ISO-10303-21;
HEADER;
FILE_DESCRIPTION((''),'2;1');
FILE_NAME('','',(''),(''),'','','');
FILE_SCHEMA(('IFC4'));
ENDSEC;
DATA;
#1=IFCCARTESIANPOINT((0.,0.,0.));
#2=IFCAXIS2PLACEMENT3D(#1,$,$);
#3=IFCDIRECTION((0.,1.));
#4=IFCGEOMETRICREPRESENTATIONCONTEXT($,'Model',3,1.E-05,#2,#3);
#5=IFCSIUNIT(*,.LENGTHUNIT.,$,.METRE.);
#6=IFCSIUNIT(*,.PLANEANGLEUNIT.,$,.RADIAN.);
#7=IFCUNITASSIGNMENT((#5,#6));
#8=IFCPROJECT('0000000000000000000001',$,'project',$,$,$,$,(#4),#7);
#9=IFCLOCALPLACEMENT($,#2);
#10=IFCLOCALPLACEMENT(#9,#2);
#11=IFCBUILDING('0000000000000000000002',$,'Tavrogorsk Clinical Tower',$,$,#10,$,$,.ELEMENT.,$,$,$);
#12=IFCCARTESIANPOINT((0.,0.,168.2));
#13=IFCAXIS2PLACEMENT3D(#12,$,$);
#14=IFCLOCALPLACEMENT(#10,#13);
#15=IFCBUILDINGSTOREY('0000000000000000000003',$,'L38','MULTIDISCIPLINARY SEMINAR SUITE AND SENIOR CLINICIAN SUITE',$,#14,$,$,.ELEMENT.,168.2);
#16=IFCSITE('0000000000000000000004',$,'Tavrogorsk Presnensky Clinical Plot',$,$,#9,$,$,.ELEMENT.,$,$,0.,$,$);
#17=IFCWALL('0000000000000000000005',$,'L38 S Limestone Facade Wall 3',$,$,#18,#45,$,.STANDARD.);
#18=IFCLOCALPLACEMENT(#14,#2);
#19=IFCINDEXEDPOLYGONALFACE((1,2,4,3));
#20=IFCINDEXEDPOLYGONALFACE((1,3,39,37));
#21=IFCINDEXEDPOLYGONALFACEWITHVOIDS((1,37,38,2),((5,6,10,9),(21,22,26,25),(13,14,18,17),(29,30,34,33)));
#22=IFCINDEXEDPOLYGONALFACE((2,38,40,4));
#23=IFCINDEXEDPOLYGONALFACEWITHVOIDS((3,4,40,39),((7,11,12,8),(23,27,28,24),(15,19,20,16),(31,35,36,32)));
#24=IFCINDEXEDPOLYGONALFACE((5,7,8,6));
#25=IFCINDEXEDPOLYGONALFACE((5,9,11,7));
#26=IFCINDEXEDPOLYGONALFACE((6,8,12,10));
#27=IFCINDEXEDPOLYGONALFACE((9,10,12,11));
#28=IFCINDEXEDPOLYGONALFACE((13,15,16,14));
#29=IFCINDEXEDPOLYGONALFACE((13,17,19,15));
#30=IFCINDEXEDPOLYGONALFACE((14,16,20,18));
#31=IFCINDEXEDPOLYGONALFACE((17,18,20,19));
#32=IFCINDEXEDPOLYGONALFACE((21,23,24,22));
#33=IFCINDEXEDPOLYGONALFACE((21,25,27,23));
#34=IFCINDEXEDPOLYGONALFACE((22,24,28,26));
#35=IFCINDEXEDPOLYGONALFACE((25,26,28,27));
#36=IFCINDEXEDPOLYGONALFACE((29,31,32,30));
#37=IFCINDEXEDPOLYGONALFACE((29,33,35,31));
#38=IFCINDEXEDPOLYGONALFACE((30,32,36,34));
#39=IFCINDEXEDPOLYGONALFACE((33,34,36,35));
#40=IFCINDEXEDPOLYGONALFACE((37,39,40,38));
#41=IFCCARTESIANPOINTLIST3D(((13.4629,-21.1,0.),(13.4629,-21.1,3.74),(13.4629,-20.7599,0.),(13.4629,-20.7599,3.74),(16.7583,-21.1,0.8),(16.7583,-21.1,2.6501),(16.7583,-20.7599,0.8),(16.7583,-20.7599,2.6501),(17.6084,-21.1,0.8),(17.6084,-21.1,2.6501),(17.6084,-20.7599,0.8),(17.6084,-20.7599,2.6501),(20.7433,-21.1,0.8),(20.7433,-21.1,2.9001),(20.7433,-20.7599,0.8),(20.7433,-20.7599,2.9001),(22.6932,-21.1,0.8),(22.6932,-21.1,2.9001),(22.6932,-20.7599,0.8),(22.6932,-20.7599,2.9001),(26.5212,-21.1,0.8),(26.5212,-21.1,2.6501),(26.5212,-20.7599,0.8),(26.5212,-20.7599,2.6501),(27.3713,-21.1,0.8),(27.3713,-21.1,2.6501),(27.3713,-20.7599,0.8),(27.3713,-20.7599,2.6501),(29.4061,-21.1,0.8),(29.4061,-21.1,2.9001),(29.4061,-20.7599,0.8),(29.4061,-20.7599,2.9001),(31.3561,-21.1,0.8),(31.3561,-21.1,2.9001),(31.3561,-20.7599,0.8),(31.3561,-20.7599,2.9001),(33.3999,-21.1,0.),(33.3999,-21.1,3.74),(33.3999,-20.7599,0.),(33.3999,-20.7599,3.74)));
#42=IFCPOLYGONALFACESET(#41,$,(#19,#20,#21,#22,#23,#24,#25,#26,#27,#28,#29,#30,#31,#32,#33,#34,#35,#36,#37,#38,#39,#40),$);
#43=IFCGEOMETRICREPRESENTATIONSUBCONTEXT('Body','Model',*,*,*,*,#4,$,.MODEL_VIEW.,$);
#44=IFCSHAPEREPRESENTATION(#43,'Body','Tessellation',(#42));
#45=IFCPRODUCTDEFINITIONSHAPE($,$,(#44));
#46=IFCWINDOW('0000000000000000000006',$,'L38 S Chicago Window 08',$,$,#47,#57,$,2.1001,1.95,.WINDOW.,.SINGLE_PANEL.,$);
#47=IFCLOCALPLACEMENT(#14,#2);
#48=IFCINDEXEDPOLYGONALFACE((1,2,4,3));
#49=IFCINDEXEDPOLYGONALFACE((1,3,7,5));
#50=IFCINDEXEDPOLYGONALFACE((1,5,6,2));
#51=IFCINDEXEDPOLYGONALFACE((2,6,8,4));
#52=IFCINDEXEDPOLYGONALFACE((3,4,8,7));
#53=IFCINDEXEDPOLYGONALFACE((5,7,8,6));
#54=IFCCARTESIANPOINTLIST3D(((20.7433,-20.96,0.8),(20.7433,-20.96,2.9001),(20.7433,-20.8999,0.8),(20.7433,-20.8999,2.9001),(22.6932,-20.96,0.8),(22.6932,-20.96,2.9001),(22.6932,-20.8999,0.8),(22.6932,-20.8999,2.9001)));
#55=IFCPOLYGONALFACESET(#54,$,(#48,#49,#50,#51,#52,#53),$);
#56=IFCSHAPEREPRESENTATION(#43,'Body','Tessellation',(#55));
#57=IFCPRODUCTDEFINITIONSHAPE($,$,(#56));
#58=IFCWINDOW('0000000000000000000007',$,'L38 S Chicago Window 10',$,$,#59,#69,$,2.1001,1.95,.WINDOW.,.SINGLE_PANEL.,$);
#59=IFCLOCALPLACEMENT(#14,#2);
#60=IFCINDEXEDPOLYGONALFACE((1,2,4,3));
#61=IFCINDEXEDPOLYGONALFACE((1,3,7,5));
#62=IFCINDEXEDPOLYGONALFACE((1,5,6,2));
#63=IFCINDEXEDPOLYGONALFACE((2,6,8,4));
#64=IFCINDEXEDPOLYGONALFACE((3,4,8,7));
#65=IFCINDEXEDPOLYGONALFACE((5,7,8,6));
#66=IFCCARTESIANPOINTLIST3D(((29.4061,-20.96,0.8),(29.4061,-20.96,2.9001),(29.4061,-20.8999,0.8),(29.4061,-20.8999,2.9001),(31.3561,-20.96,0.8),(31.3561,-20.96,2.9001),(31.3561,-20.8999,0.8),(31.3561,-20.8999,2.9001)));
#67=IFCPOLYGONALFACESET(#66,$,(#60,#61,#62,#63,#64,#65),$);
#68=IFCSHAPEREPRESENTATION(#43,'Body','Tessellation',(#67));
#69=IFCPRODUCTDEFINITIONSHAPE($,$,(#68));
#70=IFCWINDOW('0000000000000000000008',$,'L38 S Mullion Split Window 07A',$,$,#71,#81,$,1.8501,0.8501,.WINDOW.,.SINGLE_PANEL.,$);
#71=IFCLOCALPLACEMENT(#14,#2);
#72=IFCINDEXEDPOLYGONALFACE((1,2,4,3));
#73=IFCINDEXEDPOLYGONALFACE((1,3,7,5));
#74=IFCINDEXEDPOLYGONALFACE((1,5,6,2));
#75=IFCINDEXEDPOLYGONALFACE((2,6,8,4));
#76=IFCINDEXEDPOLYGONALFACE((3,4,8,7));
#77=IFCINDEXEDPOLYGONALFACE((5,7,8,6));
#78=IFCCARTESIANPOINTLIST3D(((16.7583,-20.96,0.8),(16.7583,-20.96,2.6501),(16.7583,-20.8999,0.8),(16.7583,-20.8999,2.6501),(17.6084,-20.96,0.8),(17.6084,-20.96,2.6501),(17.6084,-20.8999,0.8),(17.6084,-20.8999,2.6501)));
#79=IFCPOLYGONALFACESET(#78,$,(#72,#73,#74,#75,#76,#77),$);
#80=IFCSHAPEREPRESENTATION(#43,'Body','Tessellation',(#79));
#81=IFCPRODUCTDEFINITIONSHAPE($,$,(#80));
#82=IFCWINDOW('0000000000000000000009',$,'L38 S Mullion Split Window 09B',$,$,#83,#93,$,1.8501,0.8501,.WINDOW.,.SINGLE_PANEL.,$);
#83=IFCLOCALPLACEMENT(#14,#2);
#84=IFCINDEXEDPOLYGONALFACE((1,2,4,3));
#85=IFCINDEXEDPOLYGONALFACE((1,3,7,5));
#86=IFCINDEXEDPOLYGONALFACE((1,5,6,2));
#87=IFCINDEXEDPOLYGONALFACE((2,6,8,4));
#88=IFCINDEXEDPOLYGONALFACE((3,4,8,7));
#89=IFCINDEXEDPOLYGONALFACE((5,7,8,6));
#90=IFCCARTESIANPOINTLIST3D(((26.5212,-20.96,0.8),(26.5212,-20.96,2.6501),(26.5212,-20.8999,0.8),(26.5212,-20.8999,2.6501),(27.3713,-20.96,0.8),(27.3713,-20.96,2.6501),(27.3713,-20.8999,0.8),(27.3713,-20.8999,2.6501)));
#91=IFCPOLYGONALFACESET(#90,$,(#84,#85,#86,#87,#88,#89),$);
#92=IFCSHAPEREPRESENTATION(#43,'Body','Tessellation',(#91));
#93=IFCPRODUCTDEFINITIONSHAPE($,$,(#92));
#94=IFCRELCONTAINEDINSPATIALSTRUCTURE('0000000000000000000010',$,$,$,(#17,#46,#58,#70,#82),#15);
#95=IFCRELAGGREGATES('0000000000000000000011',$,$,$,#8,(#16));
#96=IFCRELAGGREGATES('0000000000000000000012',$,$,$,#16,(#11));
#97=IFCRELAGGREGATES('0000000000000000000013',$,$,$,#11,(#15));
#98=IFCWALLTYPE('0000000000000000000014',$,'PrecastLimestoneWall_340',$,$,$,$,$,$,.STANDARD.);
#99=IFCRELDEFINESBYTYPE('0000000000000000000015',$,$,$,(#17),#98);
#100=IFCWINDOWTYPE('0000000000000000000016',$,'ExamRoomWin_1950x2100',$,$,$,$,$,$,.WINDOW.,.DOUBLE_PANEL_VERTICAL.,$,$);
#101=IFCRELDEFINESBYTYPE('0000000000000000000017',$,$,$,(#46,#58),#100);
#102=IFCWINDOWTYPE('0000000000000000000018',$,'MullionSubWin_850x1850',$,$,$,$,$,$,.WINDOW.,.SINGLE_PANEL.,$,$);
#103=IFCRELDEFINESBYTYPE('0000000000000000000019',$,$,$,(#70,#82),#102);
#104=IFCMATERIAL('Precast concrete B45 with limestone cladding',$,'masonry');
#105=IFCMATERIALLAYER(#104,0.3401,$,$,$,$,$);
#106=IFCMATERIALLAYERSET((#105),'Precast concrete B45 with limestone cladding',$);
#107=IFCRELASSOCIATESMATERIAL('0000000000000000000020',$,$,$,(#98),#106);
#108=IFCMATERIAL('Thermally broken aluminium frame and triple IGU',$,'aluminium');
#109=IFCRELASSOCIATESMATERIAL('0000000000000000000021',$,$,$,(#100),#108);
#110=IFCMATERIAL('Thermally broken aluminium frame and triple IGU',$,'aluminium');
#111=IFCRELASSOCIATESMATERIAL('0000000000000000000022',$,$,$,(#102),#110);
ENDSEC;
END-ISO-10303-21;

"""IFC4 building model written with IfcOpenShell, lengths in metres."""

from ifc_helpers import new_model, si_unit, direction, frame, frame_2d, origin, place, context, subcontext, project, spatial, rectangle, extrude, material, layer, layer_set, type_object, element, fill, save


model = new_model("IFC4")

# Units and contexts
model_context = context("Model", 3, precision=1e-05, world=origin(), true_north=direction((0.0, 1.0)))
body_context = subcontext(model_context, "Body", "Model", "MODEL_VIEW")
ifc_project = project(units=[si_unit("LENGTHUNIT", "METRE"), si_unit("PLANEANGLEUNIT", "RADIAN")], contexts=[model_context])

# Site, building, storey
site_placement = place(None, origin())
site = spatial("IfcSite", under=ifc_project, at=site_placement, Name="Tavrogorsk Presnensky Clinical Plot", CompositionType="ELEMENT", RefElevation=0.0)
building_placement = place(site_placement, origin())
building = spatial("IfcBuilding", under=site, at=building_placement, Name="Tavrogorsk Clinical Tower", CompositionType="ELEMENT")
storey_placement = place(building_placement, frame((0.0, 0.0, 168.2)))
storey = spatial("IfcBuildingStorey", under=building, at=storey_placement, Name="L38", Description="MULTIDISCIPLINARY SEMINAR SUITE AND SENIOR CLINICIAN SUITE", CompositionType="ELEMENT", Elevation=168.2)

# Wall, openings, windows
ifc_material_1 = material(Name="Precast concrete B45 with limestone cladding", Category="masonry")
ifc_layer_1 = layer(ifc_material_1, 0.3401)
ifc_layer_set_1 = layer_set([ifc_layer_1], Name="Precast concrete B45 with limestone cladding")
wall_type_1 = type_object("IfcWallType", Name="PrecastLimestoneWall_340", PredefinedType="STANDARD", material=ifc_layer_set_1)
wall_1_placement = place(storey_placement, frame((13.4629, -20.9299, 0.0), z_axis=(0.0, 0.0, 1.0), x_axis=(1.0, 0.0, 0.0)))
wall_1 = element("IfcWall", 1, at=wall_1_placement, inside=storey, type_object=wall_type_1, Name="L38 S Limestone Facade Wall 3", PredefinedType="STANDARD", context=body_context, shape_type="SweptSolid", body=[
    extrude(rectangle(XDim=19.937, YDim=0.3401, at=frame_2d((9.9685, 0.0))), origin(), (0.0, 0.0, 1.0), 3.74),
])
opening_1_placement = place(wall_1_placement, frame((3.2954, 0.0, 0.8)))
opening_1 = element("IfcOpeningElement", 2, at=opening_1_placement, cuts=wall_1, PredefinedType="OPENING", context=body_context, shape_type="SweptSolid", body=[
    extrude(rectangle(XDim=0.8501, YDim=1.8501, at=frame_2d((0.425, 0.925))), frame((0.0, 0.1799, 0.0), z_axis=(0.0, -1.0, 0.0), x_axis=(1.0, 0.0, 0.0)), (0.0, 0.0, 1.0), 0.3601),
])
opening_2_placement = place(wall_1_placement, frame((7.2803, 0.0, 0.8)))
opening_2 = element("IfcOpeningElement", 3, at=opening_2_placement, cuts=wall_1, PredefinedType="OPENING", context=body_context, shape_type="SweptSolid", body=[
    extrude(rectangle(XDim=1.95, YDim=2.1001, at=frame_2d((0.9751, 1.05))), frame((0.0, 0.1799, 0.0), z_axis=(0.0, -1.0, 0.0), x_axis=(1.0, 0.0, 0.0)), (0.0, 0.0, 1.0), 0.3601),
])
opening_3_placement = place(wall_1_placement, frame((13.0583, 0.0, 0.8)))
opening_3 = element("IfcOpeningElement", 4, at=opening_3_placement, cuts=wall_1, PredefinedType="OPENING", context=body_context, shape_type="SweptSolid", body=[
    extrude(rectangle(XDim=0.8501, YDim=1.8501, at=frame_2d((0.425, 0.925))), frame((0.0, 0.1799, 0.0), z_axis=(0.0, -1.0, 0.0), x_axis=(1.0, 0.0, 0.0)), (0.0, 0.0, 1.0), 0.3601),
])
opening_4_placement = place(wall_1_placement, frame((15.9431, 0.0, 0.8)))
opening_4 = element("IfcOpeningElement", 5, at=opening_4_placement, cuts=wall_1, PredefinedType="OPENING", context=body_context, shape_type="SweptSolid", body=[
    extrude(rectangle(XDim=1.95, YDim=2.1001, at=frame_2d((0.9751, 1.05))), frame((0.0, 0.1799, 0.0), z_axis=(0.0, -1.0, 0.0), x_axis=(1.0, 0.0, 0.0)), (0.0, 0.0, 1.0), 0.3601),
])
ifc_material_2 = material(Name="Thermally broken aluminium frame and triple IGU", Category="aluminium")
window_type_1 = type_object("IfcWindowType", Name="ExamRoomWin_1950x2100", PartitioningType="DOUBLE_PANEL_VERTICAL", PredefinedType="WINDOW", material=ifc_material_2)
window_1_placement = place(opening_2_placement, origin())
window_1 = element("IfcWindow", 6, at=window_1_placement, inside=storey, type_object=window_type_1, Name="L38 S Chicago Window 08", OverallHeight=2.1001, OverallWidth=1.95, PartitioningType="SINGLE_PANEL", PredefinedType="WINDOW", context=body_context, shape_type="SweptSolid", body=[
    extrude(rectangle(XDim=1.95, YDim=2.1001, at=frame_2d((0.9751, 1.05))), frame((0.0, 0.03, 0.0), z_axis=(0.0, -1.0, 0.0), x_axis=(1.0, 0.0, 0.0)), (0.0, 0.0, 1.0), 0.0601),
])
fill(opening_2, window_1)
window_2_placement = place(opening_4_placement, origin())
window_2 = element("IfcWindow", 7, at=window_2_placement, inside=storey, type_object=window_type_1, Name="L38 S Chicago Window 10", OverallHeight=2.1001, OverallWidth=1.95, PartitioningType="SINGLE_PANEL", PredefinedType="WINDOW", context=body_context, shape_type="SweptSolid", body=[
    extrude(rectangle(XDim=1.95, YDim=2.1001, at=frame_2d((0.9751, 1.05))), frame((0.0, 0.03, 0.0), z_axis=(0.0, -1.0, 0.0), x_axis=(1.0, 0.0, 0.0)), (0.0, 0.0, 1.0), 0.0601),
])
fill(opening_4, window_2)
ifc_material_3 = material(Name="Thermally broken aluminium frame and triple IGU", Category="aluminium")
window_type_2 = type_object("IfcWindowType", Name="MullionSubWin_850x1850", PartitioningType="SINGLE_PANEL", PredefinedType="WINDOW", material=ifc_material_3)
window_3_placement = place(opening_1_placement, origin())
window_3 = element("IfcWindow", 8, at=window_3_placement, inside=storey, type_object=window_type_2, Name="L38 S Mullion Split Window 07A", OverallHeight=1.8501, OverallWidth=0.8501, PartitioningType="SINGLE_PANEL", PredefinedType="WINDOW", context=body_context, shape_type="SweptSolid", body=[
    extrude(rectangle(XDim=0.8501, YDim=1.8501, at=frame_2d((0.425, 0.925))), frame((0.0, 0.03, 0.0), z_axis=(0.0, -1.0, 0.0), x_axis=(1.0, 0.0, 0.0)), (0.0, 0.0, 1.0), 0.0601),
])
fill(opening_1, window_3)
window_4_placement = place(opening_3_placement, origin())
window_4 = element("IfcWindow", 9, at=window_4_placement, inside=storey, type_object=window_type_2, Name="L38 S Mullion Split Window 09B", OverallHeight=1.8501, OverallWidth=0.8501, PartitioningType="SINGLE_PANEL", PredefinedType="WINDOW", context=body_context, shape_type="SweptSolid", body=[
    extrude(rectangle(XDim=0.8501, YDim=1.8501, at=frame_2d((0.425, 0.925))), frame((0.0, 0.03, 0.0), z_axis=(0.0, -1.0, 0.0), x_axis=(1.0, 0.0, 0.0)), (0.0, 0.0, 1.0), 0.0601),
])
fill(opening_3, window_4)

save(model, "model.ifc")
